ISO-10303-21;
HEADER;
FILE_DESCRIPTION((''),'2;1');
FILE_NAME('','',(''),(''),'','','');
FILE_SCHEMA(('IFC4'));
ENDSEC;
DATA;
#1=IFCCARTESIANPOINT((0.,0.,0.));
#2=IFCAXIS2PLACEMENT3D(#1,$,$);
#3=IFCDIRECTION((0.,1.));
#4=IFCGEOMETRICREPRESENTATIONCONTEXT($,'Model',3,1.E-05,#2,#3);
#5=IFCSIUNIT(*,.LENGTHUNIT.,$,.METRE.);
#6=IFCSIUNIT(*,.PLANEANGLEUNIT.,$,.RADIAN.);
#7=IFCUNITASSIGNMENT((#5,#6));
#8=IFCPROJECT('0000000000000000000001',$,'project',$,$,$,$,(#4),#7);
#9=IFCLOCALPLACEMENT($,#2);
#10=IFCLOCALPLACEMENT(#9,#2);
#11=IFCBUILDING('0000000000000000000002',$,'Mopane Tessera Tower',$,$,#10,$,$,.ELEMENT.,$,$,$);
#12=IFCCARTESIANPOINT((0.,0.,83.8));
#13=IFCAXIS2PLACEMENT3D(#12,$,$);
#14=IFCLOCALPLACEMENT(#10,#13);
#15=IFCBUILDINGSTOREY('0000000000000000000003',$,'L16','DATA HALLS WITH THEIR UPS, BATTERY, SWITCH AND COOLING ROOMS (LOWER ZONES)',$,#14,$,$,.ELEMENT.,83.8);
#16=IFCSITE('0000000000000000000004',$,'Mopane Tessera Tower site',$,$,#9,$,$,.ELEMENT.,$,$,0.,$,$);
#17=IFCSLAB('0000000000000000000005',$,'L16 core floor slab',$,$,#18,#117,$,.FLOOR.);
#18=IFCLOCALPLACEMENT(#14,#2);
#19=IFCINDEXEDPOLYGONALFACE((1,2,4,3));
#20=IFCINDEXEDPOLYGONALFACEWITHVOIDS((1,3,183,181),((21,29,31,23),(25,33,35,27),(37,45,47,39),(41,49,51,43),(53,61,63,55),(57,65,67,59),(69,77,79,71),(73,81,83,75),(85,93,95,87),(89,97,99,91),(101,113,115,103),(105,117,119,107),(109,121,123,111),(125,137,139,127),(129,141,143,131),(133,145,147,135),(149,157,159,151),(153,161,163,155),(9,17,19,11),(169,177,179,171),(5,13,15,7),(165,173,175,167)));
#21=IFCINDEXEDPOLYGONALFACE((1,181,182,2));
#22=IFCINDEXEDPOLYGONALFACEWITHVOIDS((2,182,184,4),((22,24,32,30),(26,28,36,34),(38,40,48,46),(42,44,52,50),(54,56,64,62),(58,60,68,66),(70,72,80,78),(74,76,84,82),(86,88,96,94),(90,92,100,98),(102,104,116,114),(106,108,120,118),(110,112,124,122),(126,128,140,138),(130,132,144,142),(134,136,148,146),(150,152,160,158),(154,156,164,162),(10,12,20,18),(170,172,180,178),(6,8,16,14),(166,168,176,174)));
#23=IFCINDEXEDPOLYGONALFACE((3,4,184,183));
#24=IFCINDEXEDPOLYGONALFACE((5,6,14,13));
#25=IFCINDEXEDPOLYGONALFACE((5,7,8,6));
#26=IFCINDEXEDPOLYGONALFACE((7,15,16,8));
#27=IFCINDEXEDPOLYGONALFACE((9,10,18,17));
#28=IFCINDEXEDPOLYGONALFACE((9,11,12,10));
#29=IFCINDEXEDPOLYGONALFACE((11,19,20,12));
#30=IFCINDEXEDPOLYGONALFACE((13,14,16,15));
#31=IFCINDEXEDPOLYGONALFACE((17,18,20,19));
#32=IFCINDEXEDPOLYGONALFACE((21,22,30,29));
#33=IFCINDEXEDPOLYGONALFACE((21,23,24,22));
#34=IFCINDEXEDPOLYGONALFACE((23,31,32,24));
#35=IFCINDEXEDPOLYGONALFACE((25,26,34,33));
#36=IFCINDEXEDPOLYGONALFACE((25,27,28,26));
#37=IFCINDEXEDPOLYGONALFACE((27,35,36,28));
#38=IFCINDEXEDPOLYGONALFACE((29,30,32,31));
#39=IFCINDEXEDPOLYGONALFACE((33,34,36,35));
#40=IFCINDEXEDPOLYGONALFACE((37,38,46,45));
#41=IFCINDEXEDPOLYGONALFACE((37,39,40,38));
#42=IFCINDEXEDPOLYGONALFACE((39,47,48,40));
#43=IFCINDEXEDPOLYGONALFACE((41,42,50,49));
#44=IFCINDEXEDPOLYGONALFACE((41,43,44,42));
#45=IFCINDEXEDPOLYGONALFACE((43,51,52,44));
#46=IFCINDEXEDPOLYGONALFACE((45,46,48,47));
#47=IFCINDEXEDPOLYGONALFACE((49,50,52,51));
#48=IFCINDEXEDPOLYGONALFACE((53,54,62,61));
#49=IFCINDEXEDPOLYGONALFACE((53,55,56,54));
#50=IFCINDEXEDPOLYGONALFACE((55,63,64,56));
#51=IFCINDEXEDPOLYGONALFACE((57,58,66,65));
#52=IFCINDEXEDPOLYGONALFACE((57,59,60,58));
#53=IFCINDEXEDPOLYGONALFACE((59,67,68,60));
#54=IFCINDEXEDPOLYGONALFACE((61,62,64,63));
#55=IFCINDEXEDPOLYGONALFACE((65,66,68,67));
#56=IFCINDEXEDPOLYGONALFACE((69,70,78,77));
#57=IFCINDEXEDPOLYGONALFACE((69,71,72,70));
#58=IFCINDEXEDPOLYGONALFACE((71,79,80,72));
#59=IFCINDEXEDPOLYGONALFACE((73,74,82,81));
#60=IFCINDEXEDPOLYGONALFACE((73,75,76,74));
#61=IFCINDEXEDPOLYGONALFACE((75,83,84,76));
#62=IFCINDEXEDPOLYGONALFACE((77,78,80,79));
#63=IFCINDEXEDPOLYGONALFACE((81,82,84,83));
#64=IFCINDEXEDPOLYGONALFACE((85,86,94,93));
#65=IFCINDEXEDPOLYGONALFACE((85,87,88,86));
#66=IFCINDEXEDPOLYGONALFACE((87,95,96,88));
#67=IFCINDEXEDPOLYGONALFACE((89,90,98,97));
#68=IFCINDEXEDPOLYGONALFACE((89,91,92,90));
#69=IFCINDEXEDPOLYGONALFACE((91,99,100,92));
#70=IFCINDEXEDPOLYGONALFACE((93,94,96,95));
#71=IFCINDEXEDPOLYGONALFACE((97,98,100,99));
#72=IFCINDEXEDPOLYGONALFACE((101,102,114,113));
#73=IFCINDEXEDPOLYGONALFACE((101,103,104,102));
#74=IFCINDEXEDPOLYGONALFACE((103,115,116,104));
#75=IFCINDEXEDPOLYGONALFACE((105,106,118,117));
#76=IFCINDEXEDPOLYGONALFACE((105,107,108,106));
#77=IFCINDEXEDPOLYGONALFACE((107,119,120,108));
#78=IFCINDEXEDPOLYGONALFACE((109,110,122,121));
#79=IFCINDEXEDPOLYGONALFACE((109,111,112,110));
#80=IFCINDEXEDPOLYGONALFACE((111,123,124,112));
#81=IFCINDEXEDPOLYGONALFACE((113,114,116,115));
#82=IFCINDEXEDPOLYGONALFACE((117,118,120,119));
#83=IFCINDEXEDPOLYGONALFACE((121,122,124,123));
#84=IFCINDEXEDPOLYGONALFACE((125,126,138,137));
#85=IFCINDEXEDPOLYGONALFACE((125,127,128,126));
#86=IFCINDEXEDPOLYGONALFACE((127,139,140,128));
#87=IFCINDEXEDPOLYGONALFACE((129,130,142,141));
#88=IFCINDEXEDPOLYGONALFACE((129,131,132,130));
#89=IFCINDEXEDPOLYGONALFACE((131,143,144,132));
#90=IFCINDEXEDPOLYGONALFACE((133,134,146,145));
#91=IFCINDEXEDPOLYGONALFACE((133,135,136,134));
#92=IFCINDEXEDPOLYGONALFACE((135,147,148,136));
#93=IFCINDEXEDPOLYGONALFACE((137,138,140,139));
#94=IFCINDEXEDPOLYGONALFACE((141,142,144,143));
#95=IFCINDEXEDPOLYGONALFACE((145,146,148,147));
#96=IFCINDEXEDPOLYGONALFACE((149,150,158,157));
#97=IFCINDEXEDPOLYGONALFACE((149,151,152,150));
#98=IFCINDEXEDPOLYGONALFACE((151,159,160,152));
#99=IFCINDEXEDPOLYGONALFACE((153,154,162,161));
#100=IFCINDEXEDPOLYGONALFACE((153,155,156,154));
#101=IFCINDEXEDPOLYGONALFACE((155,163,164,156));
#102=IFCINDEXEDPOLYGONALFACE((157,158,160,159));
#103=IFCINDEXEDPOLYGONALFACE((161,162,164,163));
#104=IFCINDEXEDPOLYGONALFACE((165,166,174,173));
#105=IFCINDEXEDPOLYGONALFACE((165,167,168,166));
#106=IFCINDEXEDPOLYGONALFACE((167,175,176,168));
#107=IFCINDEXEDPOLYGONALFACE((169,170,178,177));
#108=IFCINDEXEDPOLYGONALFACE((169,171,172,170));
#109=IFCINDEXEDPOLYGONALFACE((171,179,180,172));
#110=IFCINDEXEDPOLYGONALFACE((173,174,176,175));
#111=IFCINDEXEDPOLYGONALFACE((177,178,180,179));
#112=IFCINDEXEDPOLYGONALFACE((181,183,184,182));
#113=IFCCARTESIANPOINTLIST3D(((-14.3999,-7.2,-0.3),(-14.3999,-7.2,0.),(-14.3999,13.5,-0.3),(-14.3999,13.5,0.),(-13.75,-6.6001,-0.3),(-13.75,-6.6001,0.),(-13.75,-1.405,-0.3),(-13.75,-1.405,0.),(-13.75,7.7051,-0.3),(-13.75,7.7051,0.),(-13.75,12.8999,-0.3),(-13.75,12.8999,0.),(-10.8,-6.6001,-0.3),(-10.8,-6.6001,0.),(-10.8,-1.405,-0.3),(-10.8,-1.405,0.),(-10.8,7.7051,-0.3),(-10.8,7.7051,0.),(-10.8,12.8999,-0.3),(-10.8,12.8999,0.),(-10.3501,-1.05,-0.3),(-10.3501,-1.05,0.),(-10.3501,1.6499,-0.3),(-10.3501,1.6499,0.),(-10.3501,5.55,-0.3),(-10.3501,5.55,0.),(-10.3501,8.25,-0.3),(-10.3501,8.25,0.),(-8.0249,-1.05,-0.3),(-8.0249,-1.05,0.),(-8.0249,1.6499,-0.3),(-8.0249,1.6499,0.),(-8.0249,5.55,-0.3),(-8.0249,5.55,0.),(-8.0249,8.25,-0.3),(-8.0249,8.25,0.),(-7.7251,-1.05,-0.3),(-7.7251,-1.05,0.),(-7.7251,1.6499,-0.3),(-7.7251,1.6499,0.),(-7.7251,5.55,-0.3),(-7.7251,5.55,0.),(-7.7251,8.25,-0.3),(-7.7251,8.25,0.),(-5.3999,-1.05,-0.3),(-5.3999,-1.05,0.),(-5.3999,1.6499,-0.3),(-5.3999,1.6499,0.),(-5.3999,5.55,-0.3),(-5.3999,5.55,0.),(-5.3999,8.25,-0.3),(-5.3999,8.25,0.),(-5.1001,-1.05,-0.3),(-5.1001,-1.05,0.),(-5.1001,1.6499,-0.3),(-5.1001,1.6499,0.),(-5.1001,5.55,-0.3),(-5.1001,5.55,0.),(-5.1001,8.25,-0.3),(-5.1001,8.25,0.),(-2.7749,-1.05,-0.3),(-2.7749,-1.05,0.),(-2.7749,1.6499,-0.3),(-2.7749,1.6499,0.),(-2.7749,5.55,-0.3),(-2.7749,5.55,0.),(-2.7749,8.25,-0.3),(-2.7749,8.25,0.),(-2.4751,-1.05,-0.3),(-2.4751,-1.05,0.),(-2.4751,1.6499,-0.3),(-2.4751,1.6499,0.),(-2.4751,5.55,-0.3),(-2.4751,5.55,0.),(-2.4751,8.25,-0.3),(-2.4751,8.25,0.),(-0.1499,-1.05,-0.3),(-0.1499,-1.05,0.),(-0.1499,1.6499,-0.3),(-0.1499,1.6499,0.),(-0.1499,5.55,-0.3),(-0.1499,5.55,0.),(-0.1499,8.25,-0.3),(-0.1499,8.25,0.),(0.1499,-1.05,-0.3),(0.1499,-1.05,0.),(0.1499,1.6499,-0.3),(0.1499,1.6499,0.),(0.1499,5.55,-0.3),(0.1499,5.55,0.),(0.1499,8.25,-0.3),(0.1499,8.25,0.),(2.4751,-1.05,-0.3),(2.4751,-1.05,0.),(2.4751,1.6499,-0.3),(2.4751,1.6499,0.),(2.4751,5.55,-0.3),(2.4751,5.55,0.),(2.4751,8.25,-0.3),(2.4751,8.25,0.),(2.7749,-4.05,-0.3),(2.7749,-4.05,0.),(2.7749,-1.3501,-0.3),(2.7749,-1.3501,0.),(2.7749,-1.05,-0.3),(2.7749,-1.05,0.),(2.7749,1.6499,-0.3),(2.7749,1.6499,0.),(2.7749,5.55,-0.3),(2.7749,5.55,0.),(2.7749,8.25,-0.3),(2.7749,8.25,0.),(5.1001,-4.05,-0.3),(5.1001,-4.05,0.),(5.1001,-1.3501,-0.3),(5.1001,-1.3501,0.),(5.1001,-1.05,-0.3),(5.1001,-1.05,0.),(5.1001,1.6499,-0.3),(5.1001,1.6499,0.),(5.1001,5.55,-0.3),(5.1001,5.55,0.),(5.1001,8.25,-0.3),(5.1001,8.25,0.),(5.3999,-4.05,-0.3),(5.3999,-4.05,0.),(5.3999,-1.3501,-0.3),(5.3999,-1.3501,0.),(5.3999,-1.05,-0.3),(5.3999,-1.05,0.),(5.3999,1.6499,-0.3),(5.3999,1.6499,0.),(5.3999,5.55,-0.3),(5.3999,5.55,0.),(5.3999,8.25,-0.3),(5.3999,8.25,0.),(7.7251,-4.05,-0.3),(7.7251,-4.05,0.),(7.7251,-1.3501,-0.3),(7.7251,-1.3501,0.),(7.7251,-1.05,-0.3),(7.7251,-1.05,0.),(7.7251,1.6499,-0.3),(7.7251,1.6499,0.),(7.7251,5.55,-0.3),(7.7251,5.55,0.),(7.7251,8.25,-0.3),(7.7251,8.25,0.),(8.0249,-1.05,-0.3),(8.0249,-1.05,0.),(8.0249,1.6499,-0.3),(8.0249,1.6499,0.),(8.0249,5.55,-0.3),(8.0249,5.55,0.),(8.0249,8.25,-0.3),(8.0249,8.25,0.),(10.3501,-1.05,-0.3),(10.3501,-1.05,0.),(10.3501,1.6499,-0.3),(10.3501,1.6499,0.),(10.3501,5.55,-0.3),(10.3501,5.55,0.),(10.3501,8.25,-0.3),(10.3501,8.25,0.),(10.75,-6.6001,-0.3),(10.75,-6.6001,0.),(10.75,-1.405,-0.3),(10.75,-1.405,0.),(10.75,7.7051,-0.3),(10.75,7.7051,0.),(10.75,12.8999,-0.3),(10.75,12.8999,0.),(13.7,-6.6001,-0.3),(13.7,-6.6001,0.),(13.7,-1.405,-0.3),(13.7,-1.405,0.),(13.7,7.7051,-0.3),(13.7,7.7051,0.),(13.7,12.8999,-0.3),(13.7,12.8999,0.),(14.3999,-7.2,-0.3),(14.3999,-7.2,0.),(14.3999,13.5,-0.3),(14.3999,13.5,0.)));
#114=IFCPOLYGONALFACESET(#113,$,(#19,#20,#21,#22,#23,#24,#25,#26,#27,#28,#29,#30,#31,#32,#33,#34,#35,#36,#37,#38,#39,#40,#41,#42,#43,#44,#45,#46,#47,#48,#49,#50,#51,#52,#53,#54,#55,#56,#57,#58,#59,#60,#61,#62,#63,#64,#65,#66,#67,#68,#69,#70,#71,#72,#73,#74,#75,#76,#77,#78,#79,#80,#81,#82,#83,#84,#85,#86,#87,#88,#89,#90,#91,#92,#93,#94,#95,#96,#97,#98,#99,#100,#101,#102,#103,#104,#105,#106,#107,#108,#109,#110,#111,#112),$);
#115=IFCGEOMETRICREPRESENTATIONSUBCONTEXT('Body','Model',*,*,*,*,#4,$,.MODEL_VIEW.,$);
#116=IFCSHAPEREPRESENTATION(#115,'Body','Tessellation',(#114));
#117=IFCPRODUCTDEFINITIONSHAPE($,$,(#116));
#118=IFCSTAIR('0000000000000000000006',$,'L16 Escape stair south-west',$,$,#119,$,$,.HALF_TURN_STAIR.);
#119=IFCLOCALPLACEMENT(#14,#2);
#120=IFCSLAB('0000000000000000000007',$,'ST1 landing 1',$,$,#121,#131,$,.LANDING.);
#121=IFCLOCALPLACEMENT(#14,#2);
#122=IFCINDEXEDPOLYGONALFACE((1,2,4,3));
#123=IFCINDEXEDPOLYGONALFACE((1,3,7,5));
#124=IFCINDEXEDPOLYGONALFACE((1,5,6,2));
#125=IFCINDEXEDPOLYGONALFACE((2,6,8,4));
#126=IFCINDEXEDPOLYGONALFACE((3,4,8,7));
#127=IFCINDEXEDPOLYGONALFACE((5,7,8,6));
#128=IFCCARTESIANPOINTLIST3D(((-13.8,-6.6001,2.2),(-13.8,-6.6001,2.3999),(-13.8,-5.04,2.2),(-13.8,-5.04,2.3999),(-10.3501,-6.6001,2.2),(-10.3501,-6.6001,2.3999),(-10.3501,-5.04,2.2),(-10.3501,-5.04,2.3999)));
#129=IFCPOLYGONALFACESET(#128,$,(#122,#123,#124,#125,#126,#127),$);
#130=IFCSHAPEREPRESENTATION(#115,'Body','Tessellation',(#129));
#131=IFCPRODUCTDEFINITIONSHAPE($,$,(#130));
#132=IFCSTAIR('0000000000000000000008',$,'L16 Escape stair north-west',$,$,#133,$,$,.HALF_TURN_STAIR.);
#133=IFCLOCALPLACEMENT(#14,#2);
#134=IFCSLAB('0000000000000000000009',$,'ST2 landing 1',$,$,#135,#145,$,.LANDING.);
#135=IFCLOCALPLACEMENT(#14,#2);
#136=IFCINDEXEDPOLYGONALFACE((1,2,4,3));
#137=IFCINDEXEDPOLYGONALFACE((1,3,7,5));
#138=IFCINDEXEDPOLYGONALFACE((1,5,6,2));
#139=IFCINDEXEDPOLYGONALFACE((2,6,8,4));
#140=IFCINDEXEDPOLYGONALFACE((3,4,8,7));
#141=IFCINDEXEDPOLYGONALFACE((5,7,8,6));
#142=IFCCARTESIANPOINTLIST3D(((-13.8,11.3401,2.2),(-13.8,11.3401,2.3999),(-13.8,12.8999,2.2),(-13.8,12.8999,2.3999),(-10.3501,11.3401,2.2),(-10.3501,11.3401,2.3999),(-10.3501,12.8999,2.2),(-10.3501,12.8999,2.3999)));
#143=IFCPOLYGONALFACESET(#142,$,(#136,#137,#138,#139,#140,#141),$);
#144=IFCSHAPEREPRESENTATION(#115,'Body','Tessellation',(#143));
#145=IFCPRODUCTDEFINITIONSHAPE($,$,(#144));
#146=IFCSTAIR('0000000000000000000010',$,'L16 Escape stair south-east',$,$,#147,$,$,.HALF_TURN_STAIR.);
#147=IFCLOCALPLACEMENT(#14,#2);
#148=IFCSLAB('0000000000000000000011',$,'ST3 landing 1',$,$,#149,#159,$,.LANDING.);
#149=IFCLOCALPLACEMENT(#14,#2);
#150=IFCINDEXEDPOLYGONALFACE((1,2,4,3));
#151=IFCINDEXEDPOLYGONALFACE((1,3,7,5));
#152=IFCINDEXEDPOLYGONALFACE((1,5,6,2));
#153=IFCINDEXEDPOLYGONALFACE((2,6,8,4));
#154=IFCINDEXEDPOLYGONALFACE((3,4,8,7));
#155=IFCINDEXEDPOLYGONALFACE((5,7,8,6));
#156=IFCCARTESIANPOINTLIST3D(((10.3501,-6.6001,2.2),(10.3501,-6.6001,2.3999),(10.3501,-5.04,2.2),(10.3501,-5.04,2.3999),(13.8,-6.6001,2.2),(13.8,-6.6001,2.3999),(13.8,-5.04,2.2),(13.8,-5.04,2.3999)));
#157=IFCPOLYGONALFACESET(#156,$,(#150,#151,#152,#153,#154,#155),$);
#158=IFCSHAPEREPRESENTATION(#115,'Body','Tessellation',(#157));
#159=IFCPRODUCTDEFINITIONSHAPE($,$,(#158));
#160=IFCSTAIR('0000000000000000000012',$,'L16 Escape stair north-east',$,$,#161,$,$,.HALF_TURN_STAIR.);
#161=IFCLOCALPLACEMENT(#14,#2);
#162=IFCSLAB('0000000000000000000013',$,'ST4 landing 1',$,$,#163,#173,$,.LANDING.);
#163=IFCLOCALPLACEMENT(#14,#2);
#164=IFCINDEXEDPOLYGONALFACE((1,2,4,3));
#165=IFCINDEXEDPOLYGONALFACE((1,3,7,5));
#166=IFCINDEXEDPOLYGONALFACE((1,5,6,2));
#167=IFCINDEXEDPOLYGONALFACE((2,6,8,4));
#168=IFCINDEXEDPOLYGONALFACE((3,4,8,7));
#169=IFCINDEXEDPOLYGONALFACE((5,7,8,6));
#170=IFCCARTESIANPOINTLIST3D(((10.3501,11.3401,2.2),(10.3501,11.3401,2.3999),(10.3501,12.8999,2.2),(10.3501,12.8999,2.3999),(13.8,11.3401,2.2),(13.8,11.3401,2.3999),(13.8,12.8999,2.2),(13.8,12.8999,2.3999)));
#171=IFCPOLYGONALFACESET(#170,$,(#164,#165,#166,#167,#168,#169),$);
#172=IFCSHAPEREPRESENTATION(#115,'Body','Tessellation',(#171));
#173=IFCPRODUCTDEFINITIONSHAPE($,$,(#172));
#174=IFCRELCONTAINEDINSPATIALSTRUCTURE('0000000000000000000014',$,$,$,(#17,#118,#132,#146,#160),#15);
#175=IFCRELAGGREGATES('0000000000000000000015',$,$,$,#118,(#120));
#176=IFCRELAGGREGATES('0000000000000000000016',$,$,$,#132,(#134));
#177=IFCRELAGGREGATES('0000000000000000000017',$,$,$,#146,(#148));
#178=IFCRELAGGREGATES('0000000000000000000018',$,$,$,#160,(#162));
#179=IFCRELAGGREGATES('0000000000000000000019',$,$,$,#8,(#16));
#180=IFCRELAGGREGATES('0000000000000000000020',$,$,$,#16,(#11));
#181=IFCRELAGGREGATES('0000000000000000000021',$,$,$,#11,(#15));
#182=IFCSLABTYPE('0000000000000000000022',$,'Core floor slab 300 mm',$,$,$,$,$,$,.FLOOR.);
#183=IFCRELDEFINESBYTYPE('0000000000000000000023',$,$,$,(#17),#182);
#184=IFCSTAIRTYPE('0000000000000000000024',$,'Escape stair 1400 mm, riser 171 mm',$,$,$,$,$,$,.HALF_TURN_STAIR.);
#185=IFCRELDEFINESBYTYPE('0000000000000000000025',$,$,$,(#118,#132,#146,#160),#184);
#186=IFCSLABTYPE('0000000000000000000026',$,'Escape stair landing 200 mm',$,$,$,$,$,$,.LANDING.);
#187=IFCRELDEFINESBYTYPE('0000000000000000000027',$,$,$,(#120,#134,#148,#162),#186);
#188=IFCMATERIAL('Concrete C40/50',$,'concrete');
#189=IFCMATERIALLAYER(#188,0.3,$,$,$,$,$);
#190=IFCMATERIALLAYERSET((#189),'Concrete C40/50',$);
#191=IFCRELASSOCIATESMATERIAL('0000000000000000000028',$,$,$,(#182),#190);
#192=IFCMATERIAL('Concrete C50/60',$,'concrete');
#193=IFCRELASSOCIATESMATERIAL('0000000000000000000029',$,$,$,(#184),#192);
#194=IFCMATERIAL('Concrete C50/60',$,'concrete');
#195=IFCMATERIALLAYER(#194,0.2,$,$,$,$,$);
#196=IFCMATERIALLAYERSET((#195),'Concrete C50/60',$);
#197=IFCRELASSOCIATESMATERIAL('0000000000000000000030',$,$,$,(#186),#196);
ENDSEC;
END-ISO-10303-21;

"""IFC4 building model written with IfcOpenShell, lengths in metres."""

from ifc_helpers import new_model, si_unit, direction, frame, origin, place, context, subcontext, project, spatial, polyline, outline, extrude, material, layer, layer_set, type_object, element, aggregate, save


model = new_model("IFC4")

# Units and contexts
model_context = context("Model", 3, precision=1e-05, world=origin(), true_north=direction((0.0, 1.0)))
body_context = subcontext(model_context, "Body", "Model", "MODEL_VIEW")
ifc_project = project(units=[si_unit("LENGTHUNIT", "METRE"), si_unit("PLANEANGLEUNIT", "RADIAN")], contexts=[model_context])

# Site, building, storey
site_placement = place(None, origin())
site = spatial("IfcSite", under=ifc_project, at=site_placement, Name="Mopane Tessera Tower site", CompositionType="ELEMENT", RefElevation=0.0)
building_placement = place(site_placement, origin())
building = spatial("IfcBuilding", under=site, at=building_placement, Name="Mopane Tessera Tower", CompositionType="ELEMENT")
storey_placement = place(building_placement, frame((0.0, 0.0, 83.8)))
storey = spatial("IfcBuildingStorey", under=building, at=storey_placement, Name="L16", Description="DATA HALLS WITH THEIR UPS, BATTERY, SWITCH AND COOLING ROOMS (LOWER ZONES)", CompositionType="ELEMENT", Elevation=83.8)

# Slab
ifc_material_1 = material(Name="Concrete C40/50", Category="concrete")
ifc_layer_1 = layer(ifc_material_1, 0.3)
ifc_layer_set_1 = layer_set([ifc_layer_1], Name="Concrete C40/50")
slab_type_1 = type_object("IfcSlabType", Name="Core floor slab 300 mm", PredefinedType="FLOOR", material=ifc_layer_set_1)
slab_1_placement = place(storey_placement, frame((0.0, 0.0, -0.3)))
element("IfcSlab", 1, at=slab_1_placement, inside=storey, type_object=slab_type_1, Name="L16 core floor slab", PredefinedType="FLOOR", context=body_context, shape_type="SweptSolid", body=[
    extrude(outline(polyline([(-14.3999, -7.2), (14.3999, -7.2), (14.3999, 13.5), (-14.3999, 13.5), (-14.3999, -7.2)]), holes=[polyline([(-10.3501, -1.05), (-8.0249, -1.05), (-8.0249, 1.6499), (-10.3501, 1.6499), (-10.3501, -1.05)]), polyline([(-7.7251, -1.05), (-5.3999, -1.05), (-5.3999, 1.6499), (-7.7251, 1.6499), (-7.7251, -1.05)]), polyline([(-5.1001, -1.05), (-2.7749, -1.05), (-2.7749, 1.6499), (-5.1001, 1.6499), (-5.1001, -1.05)]), polyline([(-2.4751, -1.05), (-0.1499, -1.05), (-0.1499, 1.6499), (-2.4751, 1.6499), (-2.4751, -1.05)]), polyline([(0.1499, -1.05), (2.4751, -1.05), (2.4751, 1.6499), (0.1499, 1.6499), (0.1499, -1.05)]), polyline([(2.7749, -1.05), (5.1001, -1.05), (5.1001, 1.6499), (2.7749, 1.6499), (2.7749, -1.05)]), polyline([(5.3999, -1.05), (7.7251, -1.05), (7.7251, 1.6499), (5.3999, 1.6499), (5.3999, -1.05)]), polyline([(8.0249, -1.05), (10.3501, -1.05), (10.3501, 1.6499), (8.0249, 1.6499), (8.0249, -1.05)]), polyline([(-10.3501, 5.55), (-8.0249, 5.55), (-8.0249, 8.25), (-10.3501, 8.25), (-10.3501, 5.55)]), polyline([(-7.7251, 5.55), (-5.3999, 5.55), (-5.3999, 8.25), (-7.7251, 8.25), (-7.7251, 5.55)]), polyline([(-5.1001, 5.55), (-2.7749, 5.55), (-2.7749, 8.25), (-5.1001, 8.25), (-5.1001, 5.55)]), polyline([(-2.4751, 5.55), (-0.1499, 5.55), (-0.1499, 8.25), (-2.4751, 8.25), (-2.4751, 5.55)]), polyline([(0.1499, 5.55), (2.4751, 5.55), (2.4751, 8.25), (0.1499, 8.25), (0.1499, 5.55)]), polyline([(2.7749, 5.55), (5.1001, 5.55), (5.1001, 8.25), (2.7749, 8.25), (2.7749, 5.55)]), polyline([(5.3999, 5.55), (7.7251, 5.55), (7.7251, 8.25), (5.3999, 8.25), (5.3999, 5.55)]), polyline([(8.0249, 5.55), (10.3501, 5.55), (10.3501, 8.25), (8.0249, 8.25), (8.0249, 5.55)]), polyline([(2.7749, -4.05), (5.1001, -4.05), (5.1001, -1.3501), (2.7749, -1.3501), (2.7749, -4.05)]), polyline([(5.3999, -4.05), (7.7251, -4.05), (7.7251, -1.3501), (5.3999, -1.3501), (5.3999, -4.05)]), polyline([(-13.75, -1.405), (-13.75, -6.6001), (-10.8, -6.6001), (-10.8, -1.405), (-13.75, -1.405)]), polyline([(-10.8, 7.7051), (-10.8, 12.8999), (-13.75, 12.8999), (-13.75, 7.7051), (-10.8, 7.7051)]), polyline([(10.75, -1.405), (10.75, -6.6001), (13.7, -6.6001), (13.7, -1.405), (10.75, -1.405)]), polyline([(13.7, 7.7051), (13.7, 12.8999), (10.75, 12.8999), (10.75, 7.7051), (13.7, 7.7051)])]), origin(), (0.0, 0.0, 1.0), 0.3),
])

# Stairs, slabs
ifc_material_2 = material(Name="Concrete C50/60", Category="concrete")
stair_type = type_object("IfcStairType", Name="Escape stair 1400 mm, riser 171 mm", PredefinedType="HALF_TURN_STAIR", material=ifc_material_2)
stair_1_placement = place(storey_placement, origin())
stair_1 = element("IfcStair", 2, at=stair_1_placement, inside=storey, type_object=stair_type, Name="L16 Escape stair south-west", PredefinedType="HALF_TURN_STAIR")
ifc_material_3 = material(Name="Concrete C50/60", Category="concrete")
ifc_layer_2 = layer(ifc_material_3, 0.2)
ifc_layer_set_2 = layer_set([ifc_layer_2], Name="Concrete C50/60")
slab_type_2 = type_object("IfcSlabType", Name="Escape stair landing 200 mm", PredefinedType="LANDING", material=ifc_layer_set_2)
slab_2_placement = place(storey_placement, frame((0.0, 0.0, 2.2)))
slab_2 = element("IfcSlab", 3, at=slab_2_placement, type_object=slab_type_2, Name="ST1 landing 1", PredefinedType="LANDING", context=body_context, shape_type="SweptSolid", body=[
    extrude(outline(polyline([(-13.8, -5.04), (-13.8, -6.6001), (-10.3501, -6.6001), (-10.3501, -5.04), (-13.8, -5.04)])), origin(), (0.0, 0.0, 1.0), 0.2),
])
aggregate(stair_1, [slab_2])
stair_2_placement = place(storey_placement, origin())
stair_2 = element("IfcStair", 4, at=stair_2_placement, inside=storey, type_object=stair_type, Name="L16 Escape stair north-west", PredefinedType="HALF_TURN_STAIR")
slab_3_placement = place(storey_placement, frame((0.0, 0.0, 2.2)))
slab_3 = element("IfcSlab", 5, at=slab_3_placement, type_object=slab_type_2, Name="ST2 landing 1", PredefinedType="LANDING", context=body_context, shape_type="SweptSolid", body=[
    extrude(outline(polyline([(-10.3501, 11.3401), (-10.3501, 12.8999), (-13.8, 12.8999), (-13.8, 11.3401), (-10.3501, 11.3401)])), origin(), (0.0, 0.0, 1.0), 0.2),
])
aggregate(stair_2, [slab_3])
stair_3_placement = place(storey_placement, origin())
stair_3 = element("IfcStair", 6, at=stair_3_placement, inside=storey, type_object=stair_type, Name="L16 Escape stair south-east", PredefinedType="HALF_TURN_STAIR")
slab_4_placement = place(storey_placement, frame((0.0, 0.0, 2.2)))
slab_4 = element("IfcSlab", 7, at=slab_4_placement, type_object=slab_type_2, Name="ST3 landing 1", PredefinedType="LANDING", context=body_context, shape_type="SweptSolid", body=[
    extrude(outline(polyline([(10.3501, -5.04), (10.3501, -6.6001), (13.8, -6.6001), (13.8, -5.04), (10.3501, -5.04)])), origin(), (0.0, 0.0, 1.0), 0.2),
])
aggregate(stair_3, [slab_4])
stair_4_placement = place(storey_placement, origin())
stair_4 = element("IfcStair", 8, at=stair_4_placement, inside=storey, type_object=stair_type, Name="L16 Escape stair north-east", PredefinedType="HALF_TURN_STAIR")
slab_5_placement = place(storey_placement, frame((0.0, 0.0, 2.2)))
slab_5 = element("IfcSlab", 9, at=slab_5_placement, type_object=slab_type_2, Name="ST4 landing 1", PredefinedType="LANDING", context=body_context, shape_type="SweptSolid", body=[
    extrude(outline(polyline([(13.8, 11.3401), (13.8, 12.8999), (10.3501, 12.8999), (10.3501, 11.3401), (13.8, 11.3401)])), origin(), (0.0, 0.0, 1.0), 0.2),
])

aggregate(stair_4, [slab_5])

save(model, "model.ifc")
